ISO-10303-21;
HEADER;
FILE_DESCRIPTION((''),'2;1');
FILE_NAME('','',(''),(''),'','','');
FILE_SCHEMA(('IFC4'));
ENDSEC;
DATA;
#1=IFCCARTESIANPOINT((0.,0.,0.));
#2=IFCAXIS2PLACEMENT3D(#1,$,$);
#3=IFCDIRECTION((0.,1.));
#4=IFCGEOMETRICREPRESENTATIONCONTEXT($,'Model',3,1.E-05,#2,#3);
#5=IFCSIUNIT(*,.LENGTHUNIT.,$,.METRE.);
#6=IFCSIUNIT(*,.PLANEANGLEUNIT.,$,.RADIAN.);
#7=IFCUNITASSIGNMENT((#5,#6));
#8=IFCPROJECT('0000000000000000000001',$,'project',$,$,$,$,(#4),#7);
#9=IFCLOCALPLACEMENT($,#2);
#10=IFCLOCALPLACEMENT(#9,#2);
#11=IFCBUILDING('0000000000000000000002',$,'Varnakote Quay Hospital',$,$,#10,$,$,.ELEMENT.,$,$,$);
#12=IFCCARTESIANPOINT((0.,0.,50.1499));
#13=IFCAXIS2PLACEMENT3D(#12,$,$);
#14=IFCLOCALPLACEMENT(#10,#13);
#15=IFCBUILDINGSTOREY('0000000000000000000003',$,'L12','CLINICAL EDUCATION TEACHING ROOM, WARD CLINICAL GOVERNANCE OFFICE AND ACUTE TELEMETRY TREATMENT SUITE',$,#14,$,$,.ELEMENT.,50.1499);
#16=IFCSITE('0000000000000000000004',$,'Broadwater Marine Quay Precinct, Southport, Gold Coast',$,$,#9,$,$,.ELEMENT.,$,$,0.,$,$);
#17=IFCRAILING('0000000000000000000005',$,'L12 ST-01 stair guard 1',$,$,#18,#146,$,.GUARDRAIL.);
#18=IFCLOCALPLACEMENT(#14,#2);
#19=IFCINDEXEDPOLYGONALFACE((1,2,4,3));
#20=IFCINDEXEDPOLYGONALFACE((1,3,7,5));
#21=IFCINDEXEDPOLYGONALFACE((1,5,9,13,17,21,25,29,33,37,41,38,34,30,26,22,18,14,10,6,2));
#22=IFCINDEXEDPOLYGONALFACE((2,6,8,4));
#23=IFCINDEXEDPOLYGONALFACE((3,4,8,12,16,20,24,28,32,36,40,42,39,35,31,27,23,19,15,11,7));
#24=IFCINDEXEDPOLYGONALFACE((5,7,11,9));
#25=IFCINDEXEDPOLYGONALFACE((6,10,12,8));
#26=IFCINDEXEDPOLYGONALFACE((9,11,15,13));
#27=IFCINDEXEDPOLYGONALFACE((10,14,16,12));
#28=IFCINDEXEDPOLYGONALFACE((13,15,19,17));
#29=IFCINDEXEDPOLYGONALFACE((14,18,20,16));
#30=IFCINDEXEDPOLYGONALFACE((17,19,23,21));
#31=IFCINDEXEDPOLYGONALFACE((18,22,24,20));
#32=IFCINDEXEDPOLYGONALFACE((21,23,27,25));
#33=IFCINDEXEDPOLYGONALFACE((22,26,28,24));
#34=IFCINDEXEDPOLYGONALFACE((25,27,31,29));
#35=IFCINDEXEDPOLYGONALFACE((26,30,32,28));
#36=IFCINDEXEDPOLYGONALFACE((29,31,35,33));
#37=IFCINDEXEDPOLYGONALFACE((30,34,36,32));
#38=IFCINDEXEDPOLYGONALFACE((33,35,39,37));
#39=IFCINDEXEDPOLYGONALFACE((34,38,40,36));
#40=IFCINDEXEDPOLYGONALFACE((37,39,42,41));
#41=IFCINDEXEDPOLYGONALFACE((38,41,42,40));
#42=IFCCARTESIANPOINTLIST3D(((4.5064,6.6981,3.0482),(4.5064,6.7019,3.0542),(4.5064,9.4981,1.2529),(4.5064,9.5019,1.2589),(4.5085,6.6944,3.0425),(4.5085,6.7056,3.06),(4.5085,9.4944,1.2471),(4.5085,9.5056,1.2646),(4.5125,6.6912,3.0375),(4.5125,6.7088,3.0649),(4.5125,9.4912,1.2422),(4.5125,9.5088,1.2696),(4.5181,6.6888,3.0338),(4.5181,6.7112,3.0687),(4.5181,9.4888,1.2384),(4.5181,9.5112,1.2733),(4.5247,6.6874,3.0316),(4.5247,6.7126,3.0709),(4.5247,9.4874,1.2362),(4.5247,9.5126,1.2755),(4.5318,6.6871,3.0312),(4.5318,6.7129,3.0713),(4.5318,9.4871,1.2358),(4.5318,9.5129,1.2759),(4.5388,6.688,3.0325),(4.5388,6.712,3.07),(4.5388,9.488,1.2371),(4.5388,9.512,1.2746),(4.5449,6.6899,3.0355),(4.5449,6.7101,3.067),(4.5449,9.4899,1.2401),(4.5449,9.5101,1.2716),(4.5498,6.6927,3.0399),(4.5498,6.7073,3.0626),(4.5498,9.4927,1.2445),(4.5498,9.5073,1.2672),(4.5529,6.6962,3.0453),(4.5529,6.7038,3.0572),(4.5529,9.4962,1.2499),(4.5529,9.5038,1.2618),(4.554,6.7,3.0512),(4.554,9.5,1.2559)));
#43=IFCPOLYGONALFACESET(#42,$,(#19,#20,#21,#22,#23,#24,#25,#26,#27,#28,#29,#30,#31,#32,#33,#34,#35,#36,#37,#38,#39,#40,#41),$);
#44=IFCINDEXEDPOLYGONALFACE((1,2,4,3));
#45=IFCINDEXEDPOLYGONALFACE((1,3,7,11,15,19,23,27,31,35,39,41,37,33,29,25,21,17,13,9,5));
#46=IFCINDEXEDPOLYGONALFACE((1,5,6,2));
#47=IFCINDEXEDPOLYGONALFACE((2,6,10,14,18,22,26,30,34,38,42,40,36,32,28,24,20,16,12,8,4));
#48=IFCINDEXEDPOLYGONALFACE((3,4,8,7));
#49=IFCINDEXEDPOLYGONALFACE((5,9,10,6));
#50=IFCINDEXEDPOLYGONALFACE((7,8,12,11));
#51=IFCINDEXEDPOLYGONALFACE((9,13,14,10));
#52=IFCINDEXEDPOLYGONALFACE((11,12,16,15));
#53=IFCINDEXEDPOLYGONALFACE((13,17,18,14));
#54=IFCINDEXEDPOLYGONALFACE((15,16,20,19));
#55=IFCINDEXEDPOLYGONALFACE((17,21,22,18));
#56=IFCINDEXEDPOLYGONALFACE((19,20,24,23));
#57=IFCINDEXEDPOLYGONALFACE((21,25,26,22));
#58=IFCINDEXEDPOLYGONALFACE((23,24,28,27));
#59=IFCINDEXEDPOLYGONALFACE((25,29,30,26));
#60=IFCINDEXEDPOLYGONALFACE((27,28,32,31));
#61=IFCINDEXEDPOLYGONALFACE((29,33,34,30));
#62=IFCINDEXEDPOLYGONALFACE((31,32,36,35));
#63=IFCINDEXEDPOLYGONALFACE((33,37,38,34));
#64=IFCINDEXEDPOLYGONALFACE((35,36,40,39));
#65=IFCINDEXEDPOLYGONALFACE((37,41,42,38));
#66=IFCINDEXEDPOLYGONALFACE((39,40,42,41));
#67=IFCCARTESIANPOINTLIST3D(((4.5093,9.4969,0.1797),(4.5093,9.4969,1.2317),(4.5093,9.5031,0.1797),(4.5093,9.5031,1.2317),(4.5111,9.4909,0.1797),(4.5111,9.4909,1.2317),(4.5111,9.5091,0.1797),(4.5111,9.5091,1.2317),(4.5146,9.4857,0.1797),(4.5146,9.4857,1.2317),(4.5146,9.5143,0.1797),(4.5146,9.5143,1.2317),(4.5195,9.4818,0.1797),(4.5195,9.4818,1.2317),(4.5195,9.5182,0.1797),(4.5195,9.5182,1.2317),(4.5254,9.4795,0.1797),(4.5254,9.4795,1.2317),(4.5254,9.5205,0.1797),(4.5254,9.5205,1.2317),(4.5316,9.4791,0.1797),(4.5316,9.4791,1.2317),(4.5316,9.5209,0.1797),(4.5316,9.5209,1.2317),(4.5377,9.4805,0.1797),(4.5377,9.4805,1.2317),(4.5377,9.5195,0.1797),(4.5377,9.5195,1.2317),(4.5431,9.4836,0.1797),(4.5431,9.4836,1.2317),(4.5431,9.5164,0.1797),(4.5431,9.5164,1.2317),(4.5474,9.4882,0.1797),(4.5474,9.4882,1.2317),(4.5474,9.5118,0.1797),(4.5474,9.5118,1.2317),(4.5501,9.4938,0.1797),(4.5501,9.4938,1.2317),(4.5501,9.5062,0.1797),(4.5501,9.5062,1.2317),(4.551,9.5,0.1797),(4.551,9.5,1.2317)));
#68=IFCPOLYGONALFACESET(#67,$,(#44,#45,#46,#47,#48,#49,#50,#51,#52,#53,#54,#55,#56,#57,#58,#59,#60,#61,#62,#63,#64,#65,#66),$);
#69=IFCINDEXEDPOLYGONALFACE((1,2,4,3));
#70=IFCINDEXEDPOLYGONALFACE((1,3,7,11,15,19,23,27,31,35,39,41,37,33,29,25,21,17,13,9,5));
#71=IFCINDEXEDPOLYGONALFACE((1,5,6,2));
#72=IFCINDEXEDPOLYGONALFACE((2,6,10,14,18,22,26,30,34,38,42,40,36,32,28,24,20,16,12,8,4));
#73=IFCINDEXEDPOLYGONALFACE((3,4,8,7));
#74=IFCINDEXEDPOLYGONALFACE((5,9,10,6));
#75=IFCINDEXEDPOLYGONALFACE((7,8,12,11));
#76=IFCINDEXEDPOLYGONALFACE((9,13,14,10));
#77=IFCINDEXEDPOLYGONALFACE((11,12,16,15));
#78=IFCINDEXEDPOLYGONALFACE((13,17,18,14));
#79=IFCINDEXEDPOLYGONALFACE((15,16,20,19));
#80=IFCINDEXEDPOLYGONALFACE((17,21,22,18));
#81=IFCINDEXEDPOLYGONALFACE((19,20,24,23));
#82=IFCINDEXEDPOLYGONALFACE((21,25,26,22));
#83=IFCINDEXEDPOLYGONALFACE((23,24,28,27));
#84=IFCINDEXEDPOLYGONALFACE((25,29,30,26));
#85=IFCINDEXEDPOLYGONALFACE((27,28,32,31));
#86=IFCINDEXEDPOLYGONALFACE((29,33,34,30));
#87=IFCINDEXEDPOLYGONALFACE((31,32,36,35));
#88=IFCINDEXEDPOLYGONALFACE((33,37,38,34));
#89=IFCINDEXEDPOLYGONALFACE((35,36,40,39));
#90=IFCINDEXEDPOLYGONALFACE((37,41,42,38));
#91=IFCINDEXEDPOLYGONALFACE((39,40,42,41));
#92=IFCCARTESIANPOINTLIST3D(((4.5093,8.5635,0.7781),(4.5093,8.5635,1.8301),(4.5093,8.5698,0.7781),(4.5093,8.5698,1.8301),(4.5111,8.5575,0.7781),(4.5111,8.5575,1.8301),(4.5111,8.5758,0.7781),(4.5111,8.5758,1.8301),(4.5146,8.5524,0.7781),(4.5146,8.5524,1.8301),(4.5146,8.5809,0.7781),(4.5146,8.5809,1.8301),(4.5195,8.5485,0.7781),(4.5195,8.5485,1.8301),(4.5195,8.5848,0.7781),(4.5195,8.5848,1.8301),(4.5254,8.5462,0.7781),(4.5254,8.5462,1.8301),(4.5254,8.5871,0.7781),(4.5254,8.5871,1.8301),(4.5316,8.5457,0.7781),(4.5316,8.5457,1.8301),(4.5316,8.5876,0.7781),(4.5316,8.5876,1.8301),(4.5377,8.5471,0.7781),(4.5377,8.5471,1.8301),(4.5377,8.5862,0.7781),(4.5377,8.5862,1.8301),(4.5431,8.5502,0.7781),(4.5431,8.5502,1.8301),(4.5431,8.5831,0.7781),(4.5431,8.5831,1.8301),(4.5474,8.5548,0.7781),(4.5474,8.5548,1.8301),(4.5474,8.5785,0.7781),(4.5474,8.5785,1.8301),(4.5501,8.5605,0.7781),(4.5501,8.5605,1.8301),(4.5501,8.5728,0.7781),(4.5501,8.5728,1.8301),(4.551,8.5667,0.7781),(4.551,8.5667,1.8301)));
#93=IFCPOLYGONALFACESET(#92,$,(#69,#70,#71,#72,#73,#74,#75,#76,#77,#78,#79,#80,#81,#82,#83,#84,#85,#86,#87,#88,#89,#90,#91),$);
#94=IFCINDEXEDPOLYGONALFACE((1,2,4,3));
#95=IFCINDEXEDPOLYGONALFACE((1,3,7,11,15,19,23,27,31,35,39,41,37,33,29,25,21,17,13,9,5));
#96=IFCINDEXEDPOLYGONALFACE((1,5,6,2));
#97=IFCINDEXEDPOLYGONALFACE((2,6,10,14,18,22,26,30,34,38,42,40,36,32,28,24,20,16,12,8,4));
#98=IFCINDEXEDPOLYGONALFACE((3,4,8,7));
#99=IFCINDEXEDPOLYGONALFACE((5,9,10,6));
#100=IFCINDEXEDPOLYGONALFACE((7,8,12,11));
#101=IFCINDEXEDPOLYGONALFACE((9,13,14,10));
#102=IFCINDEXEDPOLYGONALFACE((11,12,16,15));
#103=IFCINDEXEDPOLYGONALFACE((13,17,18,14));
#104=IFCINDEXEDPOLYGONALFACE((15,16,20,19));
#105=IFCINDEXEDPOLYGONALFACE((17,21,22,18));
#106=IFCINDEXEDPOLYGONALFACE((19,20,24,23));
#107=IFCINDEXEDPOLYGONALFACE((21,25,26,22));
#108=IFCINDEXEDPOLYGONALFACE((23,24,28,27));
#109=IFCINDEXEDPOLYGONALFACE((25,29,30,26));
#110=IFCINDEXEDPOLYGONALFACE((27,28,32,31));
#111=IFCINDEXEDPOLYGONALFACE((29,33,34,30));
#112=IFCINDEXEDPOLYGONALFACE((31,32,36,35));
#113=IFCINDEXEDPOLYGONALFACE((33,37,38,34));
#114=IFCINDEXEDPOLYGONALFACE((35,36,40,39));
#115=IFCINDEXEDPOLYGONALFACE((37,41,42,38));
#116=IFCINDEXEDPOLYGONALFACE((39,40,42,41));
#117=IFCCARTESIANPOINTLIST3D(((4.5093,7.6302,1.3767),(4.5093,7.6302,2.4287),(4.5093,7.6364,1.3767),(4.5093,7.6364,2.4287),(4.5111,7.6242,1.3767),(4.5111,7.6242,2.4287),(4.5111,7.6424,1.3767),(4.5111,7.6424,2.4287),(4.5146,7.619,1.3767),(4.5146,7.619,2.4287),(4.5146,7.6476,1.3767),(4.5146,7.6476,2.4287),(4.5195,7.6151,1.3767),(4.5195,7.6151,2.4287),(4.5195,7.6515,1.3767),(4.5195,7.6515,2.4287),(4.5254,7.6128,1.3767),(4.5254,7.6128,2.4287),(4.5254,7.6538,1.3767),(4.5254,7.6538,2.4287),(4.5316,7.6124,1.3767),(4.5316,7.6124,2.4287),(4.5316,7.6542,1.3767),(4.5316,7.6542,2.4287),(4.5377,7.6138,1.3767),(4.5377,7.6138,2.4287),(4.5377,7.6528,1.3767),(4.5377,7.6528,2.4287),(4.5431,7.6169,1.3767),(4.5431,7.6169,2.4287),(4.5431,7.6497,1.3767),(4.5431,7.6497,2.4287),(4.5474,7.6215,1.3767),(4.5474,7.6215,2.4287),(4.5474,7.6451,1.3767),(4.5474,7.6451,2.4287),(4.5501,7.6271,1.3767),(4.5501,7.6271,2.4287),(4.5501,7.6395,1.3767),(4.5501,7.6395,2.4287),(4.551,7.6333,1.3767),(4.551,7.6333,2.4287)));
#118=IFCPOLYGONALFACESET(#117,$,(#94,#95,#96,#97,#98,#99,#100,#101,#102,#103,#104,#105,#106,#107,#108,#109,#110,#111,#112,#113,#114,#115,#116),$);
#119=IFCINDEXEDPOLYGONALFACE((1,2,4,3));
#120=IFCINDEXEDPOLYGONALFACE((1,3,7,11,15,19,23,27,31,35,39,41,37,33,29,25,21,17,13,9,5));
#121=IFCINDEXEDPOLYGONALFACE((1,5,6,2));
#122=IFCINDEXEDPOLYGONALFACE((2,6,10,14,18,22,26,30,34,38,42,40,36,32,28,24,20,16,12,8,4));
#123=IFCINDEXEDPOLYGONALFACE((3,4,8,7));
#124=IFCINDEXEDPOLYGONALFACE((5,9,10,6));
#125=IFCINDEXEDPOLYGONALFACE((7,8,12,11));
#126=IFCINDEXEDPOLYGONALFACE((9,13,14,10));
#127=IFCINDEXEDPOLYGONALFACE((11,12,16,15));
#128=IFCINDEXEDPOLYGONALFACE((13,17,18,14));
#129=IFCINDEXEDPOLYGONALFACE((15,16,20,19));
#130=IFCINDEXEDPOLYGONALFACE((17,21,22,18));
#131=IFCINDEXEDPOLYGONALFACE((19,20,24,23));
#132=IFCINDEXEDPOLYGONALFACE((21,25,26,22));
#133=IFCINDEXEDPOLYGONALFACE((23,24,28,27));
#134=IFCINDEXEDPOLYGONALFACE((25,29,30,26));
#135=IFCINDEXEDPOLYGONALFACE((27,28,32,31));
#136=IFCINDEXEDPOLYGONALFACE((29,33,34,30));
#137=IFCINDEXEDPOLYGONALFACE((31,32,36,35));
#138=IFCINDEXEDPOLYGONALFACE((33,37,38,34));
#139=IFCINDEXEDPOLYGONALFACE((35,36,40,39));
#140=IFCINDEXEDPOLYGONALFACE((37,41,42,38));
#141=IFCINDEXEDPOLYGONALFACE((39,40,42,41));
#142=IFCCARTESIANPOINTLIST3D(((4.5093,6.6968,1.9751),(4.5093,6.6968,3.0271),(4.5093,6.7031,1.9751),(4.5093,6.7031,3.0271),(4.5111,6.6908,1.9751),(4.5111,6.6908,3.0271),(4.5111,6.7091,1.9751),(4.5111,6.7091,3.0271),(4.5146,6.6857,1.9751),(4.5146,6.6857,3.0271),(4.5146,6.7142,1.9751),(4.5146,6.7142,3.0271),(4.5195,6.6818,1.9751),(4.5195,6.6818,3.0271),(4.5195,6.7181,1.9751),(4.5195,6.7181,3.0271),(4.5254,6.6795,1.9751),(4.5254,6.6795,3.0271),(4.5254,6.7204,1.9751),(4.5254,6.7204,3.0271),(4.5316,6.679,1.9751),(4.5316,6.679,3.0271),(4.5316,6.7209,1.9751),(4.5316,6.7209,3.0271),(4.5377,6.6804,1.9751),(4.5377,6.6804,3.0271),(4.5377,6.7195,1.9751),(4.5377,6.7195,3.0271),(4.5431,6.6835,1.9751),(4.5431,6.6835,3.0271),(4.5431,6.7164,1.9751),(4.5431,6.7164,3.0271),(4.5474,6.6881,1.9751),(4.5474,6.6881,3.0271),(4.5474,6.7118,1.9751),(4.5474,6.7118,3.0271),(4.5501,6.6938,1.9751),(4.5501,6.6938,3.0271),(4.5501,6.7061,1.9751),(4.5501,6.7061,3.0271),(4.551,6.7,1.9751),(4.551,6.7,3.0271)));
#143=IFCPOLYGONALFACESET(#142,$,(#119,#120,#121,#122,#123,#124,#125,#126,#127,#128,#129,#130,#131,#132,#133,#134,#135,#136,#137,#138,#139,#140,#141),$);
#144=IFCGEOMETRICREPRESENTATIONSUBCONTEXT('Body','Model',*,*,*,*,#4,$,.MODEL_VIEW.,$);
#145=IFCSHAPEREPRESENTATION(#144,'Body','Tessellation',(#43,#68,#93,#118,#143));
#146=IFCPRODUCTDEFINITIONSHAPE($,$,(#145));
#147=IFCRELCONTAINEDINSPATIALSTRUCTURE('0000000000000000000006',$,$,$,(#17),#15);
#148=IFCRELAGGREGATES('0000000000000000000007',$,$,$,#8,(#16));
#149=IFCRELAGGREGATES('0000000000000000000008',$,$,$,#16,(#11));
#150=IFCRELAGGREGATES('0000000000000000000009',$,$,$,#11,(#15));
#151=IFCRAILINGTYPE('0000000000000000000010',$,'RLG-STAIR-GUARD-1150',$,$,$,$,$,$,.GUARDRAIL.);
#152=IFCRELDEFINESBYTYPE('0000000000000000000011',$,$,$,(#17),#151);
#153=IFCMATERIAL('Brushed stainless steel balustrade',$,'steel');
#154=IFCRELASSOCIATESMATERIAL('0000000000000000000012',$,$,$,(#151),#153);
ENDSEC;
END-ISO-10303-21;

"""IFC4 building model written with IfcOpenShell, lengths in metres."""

from ifc_helpers import new_model, si_unit, direction, frame, origin, origin_2d, place, context, subcontext, project, spatial, circle, extrude, material, type_object, element, save


model = new_model("IFC4")

# Units and contexts
model_context = context("Model", 3, precision=1e-05, world=origin(), true_north=direction((0.0, 1.0)))
body_context = subcontext(model_context, "Body", "Model", "MODEL_VIEW")
ifc_project = project(units=[si_unit("LENGTHUNIT", "METRE"), si_unit("PLANEANGLEUNIT", "RADIAN")], contexts=[model_context])

# Site, building, storey
site_placement = place(None, origin())
site = spatial("IfcSite", under=ifc_project, at=site_placement, Name="Broadwater Marine Quay Precinct, Southport, Gold Coast", CompositionType="ELEMENT", RefElevation=0.0)
building_placement = place(site_placement, origin())
building = spatial("IfcBuilding", under=site, at=building_placement, Name="Varnakote Quay Hospital", CompositionType="ELEMENT")
storey_placement = place(building_placement, frame((0.0, 0.0, 50.1499)))
storey = spatial("IfcBuildingStorey", under=building, at=storey_placement, Name="L12", Description="CLINICAL EDUCATION TEACHING ROOM, WARD CLINICAL GOVERNANCE OFFICE AND ACUTE TELEMETRY TREATMENT SUITE", CompositionType="ELEMENT", Elevation=50.1499)

# Railing
ifc_material_1 = material(Name="Brushed stainless steel balustrade", Category="steel")
railing_type_1 = type_object("IfcRailingType", Name="RLG-STAIR-GUARD-1150", PredefinedType="GUARDRAIL", material=ifc_material_1)
railing_1_placement = place(storey_placement, frame((4.53, 9.5, 0.1797)))
element("IfcRailing", 1, at=railing_1_placement, inside=storey, type_object=railing_type_1, Name="L12 ST-01 stair guard 1", PredefinedType="GUARDRAIL", context=body_context, shape_type="SweptSolid", body=[
    extrude(circle(Radius=0.0239, at=origin_2d()), frame((0.0, 0.0, 1.0762), z_axis=(0.0, -0.84181, 0.539774), x_axis=(1.0, 0.0, 0.0)), (0.0, 0.0, 1.0), 3.3262),
    extrude(circle(Radius=0.021, at=origin_2d()), origin(), (0.0, 0.0, 1.0), 1.052),
    extrude(circle(Radius=0.021, at=origin_2d()), frame((0.0, -0.9333, 0.5984)), (0.0, 0.0, 1.0), 1.052),
    extrude(circle(Radius=0.021, at=origin_2d()), frame((0.0, -1.8667, 1.197)), (0.0, 0.0, 1.0), 1.052),
    extrude(circle(Radius=0.021, at=origin_2d()), frame((0.0, -2.8, 1.7954)), (0.0, 0.0, 1.0), 1.052),
])

save(model, "model.ifc")
